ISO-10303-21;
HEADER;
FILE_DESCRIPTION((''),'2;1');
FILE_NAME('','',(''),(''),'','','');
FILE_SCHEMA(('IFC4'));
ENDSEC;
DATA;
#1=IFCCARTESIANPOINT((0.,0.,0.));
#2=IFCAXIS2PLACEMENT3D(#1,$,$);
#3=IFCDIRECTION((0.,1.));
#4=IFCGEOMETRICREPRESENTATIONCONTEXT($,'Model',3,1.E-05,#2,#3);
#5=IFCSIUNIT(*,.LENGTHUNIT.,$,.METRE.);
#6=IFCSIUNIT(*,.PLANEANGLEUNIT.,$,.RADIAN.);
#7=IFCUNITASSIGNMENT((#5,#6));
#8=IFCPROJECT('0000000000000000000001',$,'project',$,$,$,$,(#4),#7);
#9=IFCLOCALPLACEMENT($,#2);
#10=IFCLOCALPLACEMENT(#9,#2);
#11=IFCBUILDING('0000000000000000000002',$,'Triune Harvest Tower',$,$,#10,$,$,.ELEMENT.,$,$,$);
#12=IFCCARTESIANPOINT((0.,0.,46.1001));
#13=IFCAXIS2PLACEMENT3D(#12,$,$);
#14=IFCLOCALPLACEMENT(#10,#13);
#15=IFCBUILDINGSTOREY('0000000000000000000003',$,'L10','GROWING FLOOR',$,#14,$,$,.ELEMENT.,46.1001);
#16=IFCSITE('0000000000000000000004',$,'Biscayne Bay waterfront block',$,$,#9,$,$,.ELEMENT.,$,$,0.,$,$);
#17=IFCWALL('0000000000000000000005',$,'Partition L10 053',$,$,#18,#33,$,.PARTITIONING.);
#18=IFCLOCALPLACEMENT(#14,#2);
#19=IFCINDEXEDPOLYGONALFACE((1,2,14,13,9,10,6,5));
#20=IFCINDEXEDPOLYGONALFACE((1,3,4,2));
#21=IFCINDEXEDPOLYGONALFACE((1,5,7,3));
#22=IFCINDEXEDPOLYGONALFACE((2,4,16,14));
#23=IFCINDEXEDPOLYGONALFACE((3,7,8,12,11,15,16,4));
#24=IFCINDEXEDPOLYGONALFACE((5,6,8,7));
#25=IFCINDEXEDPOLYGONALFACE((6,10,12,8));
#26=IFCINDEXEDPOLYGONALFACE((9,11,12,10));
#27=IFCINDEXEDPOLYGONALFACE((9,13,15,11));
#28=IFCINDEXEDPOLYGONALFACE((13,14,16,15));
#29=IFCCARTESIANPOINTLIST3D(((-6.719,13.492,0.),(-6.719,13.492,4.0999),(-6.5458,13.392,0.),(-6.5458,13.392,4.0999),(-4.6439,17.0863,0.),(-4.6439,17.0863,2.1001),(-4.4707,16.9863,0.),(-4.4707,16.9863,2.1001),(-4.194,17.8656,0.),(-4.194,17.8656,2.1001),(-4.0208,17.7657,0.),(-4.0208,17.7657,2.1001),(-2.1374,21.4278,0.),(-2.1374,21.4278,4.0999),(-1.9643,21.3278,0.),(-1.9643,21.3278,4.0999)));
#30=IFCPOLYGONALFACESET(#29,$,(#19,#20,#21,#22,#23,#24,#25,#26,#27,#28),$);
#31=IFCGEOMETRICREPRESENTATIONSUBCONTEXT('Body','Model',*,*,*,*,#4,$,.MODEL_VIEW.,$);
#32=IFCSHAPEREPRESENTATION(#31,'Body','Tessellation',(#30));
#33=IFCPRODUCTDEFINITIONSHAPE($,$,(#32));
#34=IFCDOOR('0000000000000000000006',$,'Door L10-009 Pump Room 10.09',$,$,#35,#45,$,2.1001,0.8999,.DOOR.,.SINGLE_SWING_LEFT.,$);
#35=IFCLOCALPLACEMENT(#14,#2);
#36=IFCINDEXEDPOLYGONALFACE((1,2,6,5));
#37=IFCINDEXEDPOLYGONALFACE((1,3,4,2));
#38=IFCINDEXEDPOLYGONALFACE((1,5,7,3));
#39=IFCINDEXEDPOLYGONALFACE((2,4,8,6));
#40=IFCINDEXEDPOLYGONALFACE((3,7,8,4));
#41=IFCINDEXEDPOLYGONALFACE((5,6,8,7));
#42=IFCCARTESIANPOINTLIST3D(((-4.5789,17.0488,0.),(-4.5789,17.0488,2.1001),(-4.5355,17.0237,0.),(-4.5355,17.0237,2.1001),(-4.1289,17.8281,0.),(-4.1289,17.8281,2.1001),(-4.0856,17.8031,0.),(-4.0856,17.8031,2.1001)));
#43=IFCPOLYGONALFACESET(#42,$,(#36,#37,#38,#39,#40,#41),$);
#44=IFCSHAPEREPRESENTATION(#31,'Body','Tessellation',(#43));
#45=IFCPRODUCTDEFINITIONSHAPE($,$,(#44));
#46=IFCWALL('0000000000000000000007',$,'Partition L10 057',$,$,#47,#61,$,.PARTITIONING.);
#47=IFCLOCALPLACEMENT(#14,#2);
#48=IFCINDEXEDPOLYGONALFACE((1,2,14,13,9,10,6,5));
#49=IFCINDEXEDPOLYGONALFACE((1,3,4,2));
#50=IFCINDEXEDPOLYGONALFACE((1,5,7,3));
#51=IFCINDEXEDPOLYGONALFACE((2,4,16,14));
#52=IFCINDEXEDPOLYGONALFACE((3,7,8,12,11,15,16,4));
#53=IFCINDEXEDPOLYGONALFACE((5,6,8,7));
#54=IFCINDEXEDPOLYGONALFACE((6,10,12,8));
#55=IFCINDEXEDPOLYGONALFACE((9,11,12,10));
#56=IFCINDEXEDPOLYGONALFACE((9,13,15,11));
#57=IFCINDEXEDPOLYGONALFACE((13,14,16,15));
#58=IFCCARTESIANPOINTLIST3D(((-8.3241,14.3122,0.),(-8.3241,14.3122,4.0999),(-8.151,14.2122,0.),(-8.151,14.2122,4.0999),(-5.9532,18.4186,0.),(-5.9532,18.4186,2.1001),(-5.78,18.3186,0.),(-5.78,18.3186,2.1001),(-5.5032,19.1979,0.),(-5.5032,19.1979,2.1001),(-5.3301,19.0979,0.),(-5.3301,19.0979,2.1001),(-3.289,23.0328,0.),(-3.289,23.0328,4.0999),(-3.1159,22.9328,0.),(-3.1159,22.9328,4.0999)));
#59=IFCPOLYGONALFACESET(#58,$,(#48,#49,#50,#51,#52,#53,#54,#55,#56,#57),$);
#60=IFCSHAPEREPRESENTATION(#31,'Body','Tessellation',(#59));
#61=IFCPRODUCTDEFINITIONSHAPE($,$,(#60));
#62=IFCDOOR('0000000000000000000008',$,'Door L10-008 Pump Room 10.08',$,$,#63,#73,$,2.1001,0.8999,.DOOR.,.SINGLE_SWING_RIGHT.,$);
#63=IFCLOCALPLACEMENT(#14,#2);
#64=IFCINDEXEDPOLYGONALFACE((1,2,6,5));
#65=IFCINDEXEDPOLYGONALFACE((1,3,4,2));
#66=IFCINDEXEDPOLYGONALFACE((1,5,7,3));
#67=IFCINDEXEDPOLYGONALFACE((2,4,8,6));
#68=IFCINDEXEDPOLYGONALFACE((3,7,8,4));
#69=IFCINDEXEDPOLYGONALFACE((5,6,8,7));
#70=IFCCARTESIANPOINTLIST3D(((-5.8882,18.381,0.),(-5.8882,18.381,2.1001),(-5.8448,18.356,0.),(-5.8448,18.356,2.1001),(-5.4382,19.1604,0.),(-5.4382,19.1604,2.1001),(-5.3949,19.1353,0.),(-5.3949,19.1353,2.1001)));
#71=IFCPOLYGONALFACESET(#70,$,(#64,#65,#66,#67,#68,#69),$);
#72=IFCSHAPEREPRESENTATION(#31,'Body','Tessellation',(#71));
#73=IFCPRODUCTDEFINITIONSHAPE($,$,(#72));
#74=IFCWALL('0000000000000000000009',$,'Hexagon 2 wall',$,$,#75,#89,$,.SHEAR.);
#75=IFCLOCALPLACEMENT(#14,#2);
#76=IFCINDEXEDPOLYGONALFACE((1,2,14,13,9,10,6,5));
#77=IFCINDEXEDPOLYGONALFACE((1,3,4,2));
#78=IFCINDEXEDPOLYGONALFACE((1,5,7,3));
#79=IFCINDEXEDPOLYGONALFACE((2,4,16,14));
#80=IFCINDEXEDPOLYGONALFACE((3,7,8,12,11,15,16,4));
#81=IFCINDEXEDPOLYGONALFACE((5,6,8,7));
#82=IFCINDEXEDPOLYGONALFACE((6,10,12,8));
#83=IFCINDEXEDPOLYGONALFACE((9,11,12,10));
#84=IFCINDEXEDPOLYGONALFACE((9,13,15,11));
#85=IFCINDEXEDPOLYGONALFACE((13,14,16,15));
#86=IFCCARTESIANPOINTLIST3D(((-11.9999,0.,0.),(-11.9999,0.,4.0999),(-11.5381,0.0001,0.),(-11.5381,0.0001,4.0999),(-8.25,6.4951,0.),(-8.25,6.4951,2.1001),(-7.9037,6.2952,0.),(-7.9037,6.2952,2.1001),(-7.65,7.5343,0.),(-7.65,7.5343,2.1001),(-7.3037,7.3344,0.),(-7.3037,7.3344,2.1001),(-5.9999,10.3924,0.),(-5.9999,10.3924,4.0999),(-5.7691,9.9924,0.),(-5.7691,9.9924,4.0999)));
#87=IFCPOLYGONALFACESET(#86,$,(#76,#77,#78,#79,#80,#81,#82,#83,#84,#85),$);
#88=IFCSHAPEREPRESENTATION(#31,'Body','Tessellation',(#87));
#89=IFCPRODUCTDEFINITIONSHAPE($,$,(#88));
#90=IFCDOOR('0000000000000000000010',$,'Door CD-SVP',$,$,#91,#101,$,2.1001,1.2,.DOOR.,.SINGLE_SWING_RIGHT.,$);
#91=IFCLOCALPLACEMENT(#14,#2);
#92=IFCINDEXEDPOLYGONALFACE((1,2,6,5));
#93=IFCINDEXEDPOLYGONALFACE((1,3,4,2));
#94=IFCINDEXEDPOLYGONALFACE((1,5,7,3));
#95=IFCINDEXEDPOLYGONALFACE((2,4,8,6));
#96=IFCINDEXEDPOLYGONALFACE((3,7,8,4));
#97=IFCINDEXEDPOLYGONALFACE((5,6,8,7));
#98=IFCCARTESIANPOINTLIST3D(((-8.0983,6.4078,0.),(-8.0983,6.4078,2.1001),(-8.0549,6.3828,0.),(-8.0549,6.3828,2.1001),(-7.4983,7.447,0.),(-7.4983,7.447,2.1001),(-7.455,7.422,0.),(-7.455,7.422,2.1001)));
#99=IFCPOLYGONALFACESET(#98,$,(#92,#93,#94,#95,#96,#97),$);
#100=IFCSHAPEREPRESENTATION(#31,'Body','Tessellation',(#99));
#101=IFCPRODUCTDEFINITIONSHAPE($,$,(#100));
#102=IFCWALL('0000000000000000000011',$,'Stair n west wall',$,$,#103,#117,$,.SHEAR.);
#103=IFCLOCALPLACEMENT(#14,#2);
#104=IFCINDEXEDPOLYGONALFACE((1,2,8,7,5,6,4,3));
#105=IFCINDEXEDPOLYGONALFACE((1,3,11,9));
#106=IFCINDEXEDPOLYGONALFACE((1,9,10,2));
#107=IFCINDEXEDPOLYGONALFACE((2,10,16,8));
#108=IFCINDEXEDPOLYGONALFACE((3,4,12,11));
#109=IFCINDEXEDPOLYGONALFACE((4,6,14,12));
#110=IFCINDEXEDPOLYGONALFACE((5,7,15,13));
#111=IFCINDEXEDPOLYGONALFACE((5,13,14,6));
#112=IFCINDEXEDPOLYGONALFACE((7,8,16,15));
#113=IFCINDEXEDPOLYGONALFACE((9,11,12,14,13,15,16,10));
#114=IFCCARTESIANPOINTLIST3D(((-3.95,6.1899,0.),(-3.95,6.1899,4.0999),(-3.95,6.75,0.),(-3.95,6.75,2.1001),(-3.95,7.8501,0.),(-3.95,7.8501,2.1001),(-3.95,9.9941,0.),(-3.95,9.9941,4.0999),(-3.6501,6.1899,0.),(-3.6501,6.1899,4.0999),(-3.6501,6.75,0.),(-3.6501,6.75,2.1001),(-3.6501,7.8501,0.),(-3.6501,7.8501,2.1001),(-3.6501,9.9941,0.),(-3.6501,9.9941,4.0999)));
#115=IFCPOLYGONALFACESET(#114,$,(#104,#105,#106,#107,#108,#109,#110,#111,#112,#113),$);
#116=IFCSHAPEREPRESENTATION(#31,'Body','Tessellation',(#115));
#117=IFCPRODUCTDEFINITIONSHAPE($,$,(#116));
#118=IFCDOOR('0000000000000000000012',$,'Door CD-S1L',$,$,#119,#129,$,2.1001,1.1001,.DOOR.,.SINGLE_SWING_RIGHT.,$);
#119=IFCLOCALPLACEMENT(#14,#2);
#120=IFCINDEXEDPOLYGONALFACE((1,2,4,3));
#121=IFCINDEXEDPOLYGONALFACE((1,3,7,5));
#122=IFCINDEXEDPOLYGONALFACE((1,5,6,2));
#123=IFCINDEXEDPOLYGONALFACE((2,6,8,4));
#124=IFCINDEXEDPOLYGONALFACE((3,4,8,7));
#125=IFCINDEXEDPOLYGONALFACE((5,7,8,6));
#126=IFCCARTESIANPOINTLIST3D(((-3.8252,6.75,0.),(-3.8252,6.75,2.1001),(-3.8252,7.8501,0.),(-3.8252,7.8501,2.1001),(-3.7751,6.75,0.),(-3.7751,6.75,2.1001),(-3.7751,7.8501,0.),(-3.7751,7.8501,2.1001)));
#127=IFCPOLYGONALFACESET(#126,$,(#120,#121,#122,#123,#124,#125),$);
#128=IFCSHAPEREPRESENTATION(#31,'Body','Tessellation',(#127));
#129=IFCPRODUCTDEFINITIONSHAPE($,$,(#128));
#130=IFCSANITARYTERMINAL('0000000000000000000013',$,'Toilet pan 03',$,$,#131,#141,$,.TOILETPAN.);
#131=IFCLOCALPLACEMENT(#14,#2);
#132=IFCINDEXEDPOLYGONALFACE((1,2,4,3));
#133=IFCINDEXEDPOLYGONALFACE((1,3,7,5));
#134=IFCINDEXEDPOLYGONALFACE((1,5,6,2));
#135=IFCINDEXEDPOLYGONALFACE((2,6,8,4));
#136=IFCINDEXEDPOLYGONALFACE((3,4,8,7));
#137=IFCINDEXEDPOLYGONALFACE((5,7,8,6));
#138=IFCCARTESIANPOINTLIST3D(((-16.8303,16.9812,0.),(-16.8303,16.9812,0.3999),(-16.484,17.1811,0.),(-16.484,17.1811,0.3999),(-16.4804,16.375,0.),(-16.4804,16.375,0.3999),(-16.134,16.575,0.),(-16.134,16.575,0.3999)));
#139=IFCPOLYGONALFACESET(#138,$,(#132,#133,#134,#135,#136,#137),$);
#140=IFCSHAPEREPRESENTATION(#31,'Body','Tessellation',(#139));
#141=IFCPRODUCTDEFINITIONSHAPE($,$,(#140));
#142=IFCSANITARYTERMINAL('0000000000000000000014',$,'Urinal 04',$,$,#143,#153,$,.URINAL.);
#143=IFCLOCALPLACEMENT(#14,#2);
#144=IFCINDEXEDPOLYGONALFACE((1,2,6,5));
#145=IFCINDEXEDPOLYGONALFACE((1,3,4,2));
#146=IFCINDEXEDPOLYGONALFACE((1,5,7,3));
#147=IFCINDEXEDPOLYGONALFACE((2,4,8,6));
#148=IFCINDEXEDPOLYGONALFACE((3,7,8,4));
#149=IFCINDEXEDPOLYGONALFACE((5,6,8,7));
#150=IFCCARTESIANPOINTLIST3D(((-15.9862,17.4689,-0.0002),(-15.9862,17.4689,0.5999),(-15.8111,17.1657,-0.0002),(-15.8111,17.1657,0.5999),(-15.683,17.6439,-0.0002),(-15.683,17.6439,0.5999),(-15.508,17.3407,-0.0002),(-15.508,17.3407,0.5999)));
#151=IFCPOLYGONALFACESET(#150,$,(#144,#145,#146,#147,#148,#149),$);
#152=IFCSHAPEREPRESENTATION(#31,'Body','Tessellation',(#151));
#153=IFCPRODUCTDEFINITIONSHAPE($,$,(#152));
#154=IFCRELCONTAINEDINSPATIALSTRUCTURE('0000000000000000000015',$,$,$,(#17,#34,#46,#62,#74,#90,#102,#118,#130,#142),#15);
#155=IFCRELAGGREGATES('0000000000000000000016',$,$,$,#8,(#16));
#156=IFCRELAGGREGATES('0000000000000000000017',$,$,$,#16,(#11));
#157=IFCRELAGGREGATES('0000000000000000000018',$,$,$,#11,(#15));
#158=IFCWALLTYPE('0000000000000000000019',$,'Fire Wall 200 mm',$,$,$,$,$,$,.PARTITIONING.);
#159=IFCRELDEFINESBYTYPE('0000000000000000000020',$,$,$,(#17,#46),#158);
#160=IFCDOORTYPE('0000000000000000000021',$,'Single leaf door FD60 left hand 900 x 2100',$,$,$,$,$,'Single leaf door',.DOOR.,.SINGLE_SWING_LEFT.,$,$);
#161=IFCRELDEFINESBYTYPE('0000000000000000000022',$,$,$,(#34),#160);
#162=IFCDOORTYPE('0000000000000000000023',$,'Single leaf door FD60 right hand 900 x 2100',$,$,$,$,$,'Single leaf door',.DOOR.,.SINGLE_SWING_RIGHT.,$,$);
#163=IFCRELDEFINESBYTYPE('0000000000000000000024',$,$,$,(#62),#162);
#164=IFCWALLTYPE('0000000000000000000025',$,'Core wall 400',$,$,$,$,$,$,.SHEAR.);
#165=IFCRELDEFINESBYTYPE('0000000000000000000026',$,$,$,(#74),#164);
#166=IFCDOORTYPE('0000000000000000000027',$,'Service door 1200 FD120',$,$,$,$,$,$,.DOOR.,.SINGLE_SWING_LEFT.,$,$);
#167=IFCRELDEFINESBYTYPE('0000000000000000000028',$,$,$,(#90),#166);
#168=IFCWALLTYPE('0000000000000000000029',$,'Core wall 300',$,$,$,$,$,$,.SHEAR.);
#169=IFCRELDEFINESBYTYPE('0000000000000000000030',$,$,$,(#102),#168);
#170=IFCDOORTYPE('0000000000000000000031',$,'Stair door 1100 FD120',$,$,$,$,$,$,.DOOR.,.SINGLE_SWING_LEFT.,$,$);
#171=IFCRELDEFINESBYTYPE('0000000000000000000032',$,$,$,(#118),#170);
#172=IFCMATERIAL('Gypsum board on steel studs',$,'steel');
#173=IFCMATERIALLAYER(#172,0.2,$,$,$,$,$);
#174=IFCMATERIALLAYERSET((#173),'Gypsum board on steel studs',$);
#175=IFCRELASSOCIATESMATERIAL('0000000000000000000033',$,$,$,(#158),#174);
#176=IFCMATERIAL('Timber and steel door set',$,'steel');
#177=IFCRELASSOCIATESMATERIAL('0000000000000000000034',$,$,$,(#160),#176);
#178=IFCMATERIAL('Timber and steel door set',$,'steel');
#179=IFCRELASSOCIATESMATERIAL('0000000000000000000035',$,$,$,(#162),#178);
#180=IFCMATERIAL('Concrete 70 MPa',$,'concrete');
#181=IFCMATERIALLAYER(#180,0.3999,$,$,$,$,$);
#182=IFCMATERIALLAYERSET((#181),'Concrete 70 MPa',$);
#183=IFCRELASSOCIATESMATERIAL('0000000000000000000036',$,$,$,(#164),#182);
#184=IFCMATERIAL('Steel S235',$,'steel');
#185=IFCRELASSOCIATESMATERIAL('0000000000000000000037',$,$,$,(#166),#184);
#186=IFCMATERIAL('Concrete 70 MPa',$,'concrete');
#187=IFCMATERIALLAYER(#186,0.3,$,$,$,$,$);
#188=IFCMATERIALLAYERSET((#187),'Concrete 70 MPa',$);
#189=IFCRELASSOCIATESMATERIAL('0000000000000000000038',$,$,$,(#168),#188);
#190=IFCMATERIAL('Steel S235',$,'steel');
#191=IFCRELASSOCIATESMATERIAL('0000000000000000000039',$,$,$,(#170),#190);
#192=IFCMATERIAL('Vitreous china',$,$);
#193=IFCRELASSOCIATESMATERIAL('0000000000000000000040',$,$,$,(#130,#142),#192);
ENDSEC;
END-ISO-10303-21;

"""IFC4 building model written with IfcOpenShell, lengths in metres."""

from ifc_helpers import new_model, si_unit, direction, frame, frame_2d, origin, origin_2d, place, context, subcontext, project, spatial, polyline, rectangle, outline, extrude, source, transform, mapped, material, layer, layer_set, type_object, element, fill, save


model = new_model("IFC4")

# Units and contexts
model_context = context("Model", 3, precision=1e-05, world=origin(), true_north=direction((0.0, 1.0)))
body_context = subcontext(model_context, "Body", "Model", "MODEL_VIEW")
ifc_project = project(units=[si_unit("LENGTHUNIT", "METRE"), si_unit("PLANEANGLEUNIT", "RADIAN")], contexts=[model_context])

# Site, building, storey
site_placement = place(None, origin())
site = spatial("IfcSite", under=ifc_project, at=site_placement, Name="Biscayne Bay waterfront block", CompositionType="ELEMENT", RefElevation=0.0)
building_placement = place(site_placement, origin())
building = spatial("IfcBuilding", under=site, at=building_placement, Name="Triune Harvest Tower", CompositionType="ELEMENT")
storey_placement = place(building_placement, frame((0.0, 0.0, 46.1001)))
storey = spatial("IfcBuildingStorey", under=building, at=storey_placement, Name="L10", Description="GROWING FLOOR", CompositionType="ELEMENT", Elevation=46.1001)

# Walls, openings, doors
ifc_material_1 = material(Name="Gypsum board on steel studs", Category="steel")
ifc_layer_1 = layer(ifc_material_1, 0.2)
ifc_layer_set_1 = layer_set([ifc_layer_1], Name="Gypsum board on steel studs")
wall_type_1 = type_object("IfcWallType", Name="Fire Wall 200 mm", PredefinedType="PARTITIONING", material=ifc_layer_set_1)
wall_1_placement = place(storey_placement, frame((-6.6323, 13.4421, 0.0), z_axis=(0.0, 0.0, 1.0), x_axis=(0.499985, 0.866034, 0.0)))
wall_1 = element("IfcWall", 1, at=wall_1_placement, inside=storey, type_object=wall_type_1, Name="Partition L10 053", PredefinedType="PARTITIONING", context=body_context, shape_type="SweptSolid", body=[
    extrude(rectangle(XDim=9.1633, YDim=0.2, at=frame_2d((4.5815, 0.0))), origin(), (0.0, 0.0, 1.0), 4.0999),
])
opening_1_placement = place(wall_1_placement, frame((4.1501, 0.0, 0.0)))
opening_1 = element("IfcOpeningElement", 2, at=opening_1_placement, cuts=wall_1, PredefinedType="OPENING", context=body_context, shape_type="SweptSolid", body=[
    extrude(rectangle(XDim=0.8999, YDim=2.1001, at=frame_2d((0.45, 1.05))), frame((0.0, 0.1099, 0.0), z_axis=(0.0, -1.0, 0.0), x_axis=(1.0, 0.0, 0.0)), (0.0, 0.0, 1.0), 0.22),
])
ifc_material_2 = material(Name="Timber and steel door set", Category="steel")
door_type_1 = type_object("IfcDoorType", Name="Single leaf door FD60 left hand 900 x 2100", ElementType="Single leaf door", OperationType="SINGLE_SWING_LEFT", PredefinedType="DOOR", material=ifc_material_2)
door_1_placement = place(opening_1_placement, origin())
door_1 = element("IfcDoor", 3, at=door_1_placement, inside=storey, type_object=door_type_1, Name="Door L10-009 Pump Room 10.09", OperationType="SINGLE_SWING_LEFT", OverallHeight=2.1001, OverallWidth=0.8999, PredefinedType="DOOR", context=body_context, shape_type="SweptSolid", body=[
    extrude(rectangle(XDim=0.8999, YDim=2.1001, at=frame_2d((0.45, 1.05))), frame((0.0, 0.0249, 0.0), z_axis=(0.0, -1.0, 0.0), x_axis=(1.0, 0.0, 0.0)), (0.0, 0.0, 1.0), 0.05),
])
fill(opening_1, door_1)
wall_2_placement = place(storey_placement, frame((-8.2375, 14.2622, 0.0), z_axis=(0.0, 0.0, 1.0), x_axis=(0.500019, 0.866014, 0.0)))
wall_2 = element("IfcWall", 4, at=wall_2_placement, inside=storey, type_object=wall_type_1, Name="Partition L10 057", PredefinedType="PARTITIONING", context=body_context, shape_type="SweptSolid", body=[
    extrude(rectangle(XDim=10.0698, YDim=0.2, at=frame_2d((5.0349, 0.0))), origin(), (0.0, 0.0, 1.0), 4.0999),
])
opening_2_placement = place(wall_2_placement, frame((4.7417, 0.0, 0.0)))
opening_2 = element("IfcOpeningElement", 5, at=opening_2_placement, cuts=wall_2, PredefinedType="OPENING", context=body_context, shape_type="SweptSolid", body=[
    extrude(rectangle(XDim=0.8999, YDim=2.1001, at=frame_2d((0.45, 1.05))), frame((0.0, 0.1099, 0.0), z_axis=(0.0, -1.0, 0.0), x_axis=(1.0, 0.0, 0.0)), (0.0, 0.0, 1.0), 0.22),
])
ifc_material_3 = material(Name="Timber and steel door set", Category="steel")
door_type_2 = type_object("IfcDoorType", Name="Single leaf door FD60 right hand 900 x 2100", ElementType="Single leaf door", OperationType="SINGLE_SWING_RIGHT", PredefinedType="DOOR", material=ifc_material_3)
door_2_placement = place(opening_2_placement, origin())
door_2 = element("IfcDoor", 6, at=door_2_placement, inside=storey, type_object=door_type_2, Name="Door L10-008 Pump Room 10.08", OperationType="SINGLE_SWING_RIGHT", OverallHeight=2.1001, OverallWidth=0.8999, PredefinedType="DOOR", context=body_context, shape_type="SweptSolid", body=[
    extrude(rectangle(XDim=0.8999, YDim=2.1001, at=frame_2d((0.45, 1.05))), frame((0.0, 0.0249, 0.0), z_axis=(0.0, -1.0, 0.0), x_axis=(1.0, 0.0, 0.0)), (0.0, 0.0, 1.0), 0.05),
])
fill(opening_2, door_2)
ifc_material_4 = material(Name="Concrete 70 MPa", Category="concrete")
ifc_layer_2 = layer(ifc_material_4, 0.3999)
ifc_layer_set_2 = layer_set([ifc_layer_2], Name="Concrete 70 MPa")
wall_type_2 = type_object("IfcWallType", Name="Core wall 400", PredefinedType="SHEAR", material=ifc_layer_set_2)
shared_shape_1 = source(origin(), body_context, "Body", "SweptSolid", [
    extrude(outline(polyline([(-0.1155, -0.2), (11.8845, -0.2), (11.6536, 0.2), (0.1155, 0.2), (-0.1155, -0.2)])), origin(), (0.0, 0.0, 1.0), 4.0999),
])
wall_3_placement = place(storey_placement, frame((-5.8845, 10.1924, 0.0), z_axis=(0.0, 0.0, 1.0), x_axis=(-0.499997, -0.866027, 0.0)))
wall_3 = element("IfcWall", 7, at=wall_3_placement, inside=storey, type_object=wall_type_2, Name="Hexagon 2 wall", PredefinedType="SHEAR", context=body_context, shape_type="MappedRepresentation", body=[
    mapped(shared_shape_1, transform((0.0, 0.0, 0.0), scale=1.0)),
])
opening_3_placement = place(wall_3_placement, frame((3.1846, 0.0, 0.0)))
opening_3 = element("IfcOpeningElement", 8, at=opening_3_placement, cuts=wall_3, PredefinedType="OPENING", context=body_context, shape_type="SweptSolid", body=[
    extrude(rectangle(XDim=1.2, YDim=2.1001, at=frame_2d((0.6001, 1.05))), frame((0.0, 0.21, 0.0), z_axis=(0.0, -1.0, 0.0), x_axis=(1.0, 0.0, 0.0)), (0.0, 0.0, 1.0), 0.4199),
])
ifc_material_5 = material(Name="Steel S235", Category="steel")
door_type_3 = type_object("IfcDoorType", Name="Service door 1200 FD120", OperationType="SINGLE_SWING_LEFT", PredefinedType="DOOR", material=ifc_material_5)
door_3_placement = place(opening_3_placement, frame((1.2, 0.0, 0.0), z_axis=(0.0, 0.0, 1.0), x_axis=(-1.0, 0.0, 0.0)))
door_3 = element("IfcDoor", 9, at=door_3_placement, inside=storey, type_object=door_type_3, Name="Door CD-SVP", OperationType="SINGLE_SWING_RIGHT", OverallHeight=2.1001, OverallWidth=1.2, PredefinedType="DOOR", context=body_context, shape_type="SweptSolid", body=[
    extrude(rectangle(XDim=1.2, YDim=2.1001, at=frame_2d((0.6001, 1.05))), frame((0.0, 0.0249, 0.0), z_axis=(0.0, -1.0, 0.0), x_axis=(1.0, 0.0, 0.0)), (0.0, 0.0, 1.0), 0.05),
])
fill(opening_3, door_3)
ifc_material_6 = material(Name="Concrete 70 MPa", Category="concrete")
ifc_layer_3 = layer(ifc_material_6, 0.3)
ifc_layer_set_3 = layer_set([ifc_layer_3], Name="Concrete 70 MPa")
wall_type_3 = type_object("IfcWallType", Name="Core wall 300", PredefinedType="SHEAR", material=ifc_layer_set_3)
shared_shape_2 = source(origin(), body_context, "Body", "SweptSolid", [
    extrude(outline(polyline([(0.0, -0.1499), (0.0, 0.1499), (3.8042, 0.1499), (3.8042, -0.1499), (0.0, -0.1499)])), origin(), (0.0, 0.0, 1.0), 4.0999),
])
wall_4_placement = place(storey_placement, frame((-3.8, 6.1899, 0.0), z_axis=(0.0, 0.0, 1.0), x_axis=(0.0, 1.0, 0.0)))
wall_4 = element("IfcWall", 10, at=wall_4_placement, inside=storey, type_object=wall_type_3, Name="Stair n west wall", PredefinedType="SHEAR", context=body_context, shape_type="MappedRepresentation", body=[
    mapped(shared_shape_2, transform((0.0, 0.0, 0.0), scale=1.0)),
])
opening_4_placement = place(wall_4_placement, frame((0.5601, 0.0, 0.0)))
opening_4 = element("IfcOpeningElement", 11, at=opening_4_placement, cuts=wall_4, PredefinedType="OPENING", context=body_context, shape_type="SweptSolid", body=[
    extrude(rectangle(XDim=1.1001, YDim=2.1001, at=frame_2d((0.55, 1.05))), frame((0.0, 0.1602, 0.0), z_axis=(0.0, -1.0, 0.0), x_axis=(1.0, 0.0, 0.0)), (0.0, 0.0, 1.0), 0.3201),
])
ifc_material_7 = material(Name="Steel S235", Category="steel")
door_type_4 = type_object("IfcDoorType", Name="Stair door 1100 FD120", OperationType="SINGLE_SWING_LEFT", PredefinedType="DOOR", material=ifc_material_7)
door_4_placement = place(opening_4_placement, frame((1.1001, 0.0, 0.0), z_axis=(0.0, 0.0, 1.0), x_axis=(-1.0, 0.0, 0.0)))
door_4 = element("IfcDoor", 12, at=door_4_placement, inside=storey, type_object=door_type_4, Name="Door CD-S1L", OperationType="SINGLE_SWING_RIGHT", OverallHeight=2.1001, OverallWidth=1.1001, PredefinedType="DOOR", context=body_context, shape_type="SweptSolid", body=[
    extrude(rectangle(XDim=1.1001, YDim=2.1001, at=frame_2d((0.55, 1.05))), frame((0.0, 0.0249, 0.0), z_axis=(0.0, -1.0, 0.0), x_axis=(1.0, 0.0, 0.0)), (0.0, 0.0, 1.0), 0.05),
])
fill(opening_4, door_4)

# Sanitary terminals
ifc_material_8 = material(Name="Vitreous china")
shared_shape_3 = source(origin(), body_context, "Body", "SweptSolid", [
    extrude(rectangle(XDim=0.3999, YDim=0.7, at=origin_2d()), origin(), (0.0, 0.0, 1.0), 0.3999),
])
sanitary_terminal_1_placement = place(storey_placement, frame((-16.4822, 16.7781, 0.0), z_axis=(0.0, 0.0, 1.0), x_axis=(0.866034, 0.499985, 0.0)))
element("IfcSanitaryTerminal", 13, at=sanitary_terminal_1_placement, inside=storey, material=ifc_material_8, Name="Toilet pan 03", PredefinedType="TOILETPAN", context=body_context, shape_type="MappedRepresentation", body=[
    mapped(shared_shape_3, transform((0.0, 0.0, 0.0), scale=1.0)),
])
shared_shape_4 = source(origin(), body_context, "Body", "SweptSolid", [
    extrude(rectangle(XDim=0.3501, YDim=0.3501, at=origin_2d()), origin(), (0.0, 0.0, 1.0), 0.6001),
])
sanitary_terminal_2_placement = place(storey_placement, frame((-15.7471, 17.4048, -0.0002), z_axis=(0.0, 0.0, 1.0), x_axis=(0.866034, 0.499985, 0.0)))
element("IfcSanitaryTerminal", 14, at=sanitary_terminal_2_placement, inside=storey, material=ifc_material_8, Name="Urinal 04", PredefinedType="URINAL", context=body_context, shape_type="MappedRepresentation", body=[
    mapped(shared_shape_4, transform((0.0, 0.0, 0.0), scale=1.0)),
])

save(model, "model.ifc")
